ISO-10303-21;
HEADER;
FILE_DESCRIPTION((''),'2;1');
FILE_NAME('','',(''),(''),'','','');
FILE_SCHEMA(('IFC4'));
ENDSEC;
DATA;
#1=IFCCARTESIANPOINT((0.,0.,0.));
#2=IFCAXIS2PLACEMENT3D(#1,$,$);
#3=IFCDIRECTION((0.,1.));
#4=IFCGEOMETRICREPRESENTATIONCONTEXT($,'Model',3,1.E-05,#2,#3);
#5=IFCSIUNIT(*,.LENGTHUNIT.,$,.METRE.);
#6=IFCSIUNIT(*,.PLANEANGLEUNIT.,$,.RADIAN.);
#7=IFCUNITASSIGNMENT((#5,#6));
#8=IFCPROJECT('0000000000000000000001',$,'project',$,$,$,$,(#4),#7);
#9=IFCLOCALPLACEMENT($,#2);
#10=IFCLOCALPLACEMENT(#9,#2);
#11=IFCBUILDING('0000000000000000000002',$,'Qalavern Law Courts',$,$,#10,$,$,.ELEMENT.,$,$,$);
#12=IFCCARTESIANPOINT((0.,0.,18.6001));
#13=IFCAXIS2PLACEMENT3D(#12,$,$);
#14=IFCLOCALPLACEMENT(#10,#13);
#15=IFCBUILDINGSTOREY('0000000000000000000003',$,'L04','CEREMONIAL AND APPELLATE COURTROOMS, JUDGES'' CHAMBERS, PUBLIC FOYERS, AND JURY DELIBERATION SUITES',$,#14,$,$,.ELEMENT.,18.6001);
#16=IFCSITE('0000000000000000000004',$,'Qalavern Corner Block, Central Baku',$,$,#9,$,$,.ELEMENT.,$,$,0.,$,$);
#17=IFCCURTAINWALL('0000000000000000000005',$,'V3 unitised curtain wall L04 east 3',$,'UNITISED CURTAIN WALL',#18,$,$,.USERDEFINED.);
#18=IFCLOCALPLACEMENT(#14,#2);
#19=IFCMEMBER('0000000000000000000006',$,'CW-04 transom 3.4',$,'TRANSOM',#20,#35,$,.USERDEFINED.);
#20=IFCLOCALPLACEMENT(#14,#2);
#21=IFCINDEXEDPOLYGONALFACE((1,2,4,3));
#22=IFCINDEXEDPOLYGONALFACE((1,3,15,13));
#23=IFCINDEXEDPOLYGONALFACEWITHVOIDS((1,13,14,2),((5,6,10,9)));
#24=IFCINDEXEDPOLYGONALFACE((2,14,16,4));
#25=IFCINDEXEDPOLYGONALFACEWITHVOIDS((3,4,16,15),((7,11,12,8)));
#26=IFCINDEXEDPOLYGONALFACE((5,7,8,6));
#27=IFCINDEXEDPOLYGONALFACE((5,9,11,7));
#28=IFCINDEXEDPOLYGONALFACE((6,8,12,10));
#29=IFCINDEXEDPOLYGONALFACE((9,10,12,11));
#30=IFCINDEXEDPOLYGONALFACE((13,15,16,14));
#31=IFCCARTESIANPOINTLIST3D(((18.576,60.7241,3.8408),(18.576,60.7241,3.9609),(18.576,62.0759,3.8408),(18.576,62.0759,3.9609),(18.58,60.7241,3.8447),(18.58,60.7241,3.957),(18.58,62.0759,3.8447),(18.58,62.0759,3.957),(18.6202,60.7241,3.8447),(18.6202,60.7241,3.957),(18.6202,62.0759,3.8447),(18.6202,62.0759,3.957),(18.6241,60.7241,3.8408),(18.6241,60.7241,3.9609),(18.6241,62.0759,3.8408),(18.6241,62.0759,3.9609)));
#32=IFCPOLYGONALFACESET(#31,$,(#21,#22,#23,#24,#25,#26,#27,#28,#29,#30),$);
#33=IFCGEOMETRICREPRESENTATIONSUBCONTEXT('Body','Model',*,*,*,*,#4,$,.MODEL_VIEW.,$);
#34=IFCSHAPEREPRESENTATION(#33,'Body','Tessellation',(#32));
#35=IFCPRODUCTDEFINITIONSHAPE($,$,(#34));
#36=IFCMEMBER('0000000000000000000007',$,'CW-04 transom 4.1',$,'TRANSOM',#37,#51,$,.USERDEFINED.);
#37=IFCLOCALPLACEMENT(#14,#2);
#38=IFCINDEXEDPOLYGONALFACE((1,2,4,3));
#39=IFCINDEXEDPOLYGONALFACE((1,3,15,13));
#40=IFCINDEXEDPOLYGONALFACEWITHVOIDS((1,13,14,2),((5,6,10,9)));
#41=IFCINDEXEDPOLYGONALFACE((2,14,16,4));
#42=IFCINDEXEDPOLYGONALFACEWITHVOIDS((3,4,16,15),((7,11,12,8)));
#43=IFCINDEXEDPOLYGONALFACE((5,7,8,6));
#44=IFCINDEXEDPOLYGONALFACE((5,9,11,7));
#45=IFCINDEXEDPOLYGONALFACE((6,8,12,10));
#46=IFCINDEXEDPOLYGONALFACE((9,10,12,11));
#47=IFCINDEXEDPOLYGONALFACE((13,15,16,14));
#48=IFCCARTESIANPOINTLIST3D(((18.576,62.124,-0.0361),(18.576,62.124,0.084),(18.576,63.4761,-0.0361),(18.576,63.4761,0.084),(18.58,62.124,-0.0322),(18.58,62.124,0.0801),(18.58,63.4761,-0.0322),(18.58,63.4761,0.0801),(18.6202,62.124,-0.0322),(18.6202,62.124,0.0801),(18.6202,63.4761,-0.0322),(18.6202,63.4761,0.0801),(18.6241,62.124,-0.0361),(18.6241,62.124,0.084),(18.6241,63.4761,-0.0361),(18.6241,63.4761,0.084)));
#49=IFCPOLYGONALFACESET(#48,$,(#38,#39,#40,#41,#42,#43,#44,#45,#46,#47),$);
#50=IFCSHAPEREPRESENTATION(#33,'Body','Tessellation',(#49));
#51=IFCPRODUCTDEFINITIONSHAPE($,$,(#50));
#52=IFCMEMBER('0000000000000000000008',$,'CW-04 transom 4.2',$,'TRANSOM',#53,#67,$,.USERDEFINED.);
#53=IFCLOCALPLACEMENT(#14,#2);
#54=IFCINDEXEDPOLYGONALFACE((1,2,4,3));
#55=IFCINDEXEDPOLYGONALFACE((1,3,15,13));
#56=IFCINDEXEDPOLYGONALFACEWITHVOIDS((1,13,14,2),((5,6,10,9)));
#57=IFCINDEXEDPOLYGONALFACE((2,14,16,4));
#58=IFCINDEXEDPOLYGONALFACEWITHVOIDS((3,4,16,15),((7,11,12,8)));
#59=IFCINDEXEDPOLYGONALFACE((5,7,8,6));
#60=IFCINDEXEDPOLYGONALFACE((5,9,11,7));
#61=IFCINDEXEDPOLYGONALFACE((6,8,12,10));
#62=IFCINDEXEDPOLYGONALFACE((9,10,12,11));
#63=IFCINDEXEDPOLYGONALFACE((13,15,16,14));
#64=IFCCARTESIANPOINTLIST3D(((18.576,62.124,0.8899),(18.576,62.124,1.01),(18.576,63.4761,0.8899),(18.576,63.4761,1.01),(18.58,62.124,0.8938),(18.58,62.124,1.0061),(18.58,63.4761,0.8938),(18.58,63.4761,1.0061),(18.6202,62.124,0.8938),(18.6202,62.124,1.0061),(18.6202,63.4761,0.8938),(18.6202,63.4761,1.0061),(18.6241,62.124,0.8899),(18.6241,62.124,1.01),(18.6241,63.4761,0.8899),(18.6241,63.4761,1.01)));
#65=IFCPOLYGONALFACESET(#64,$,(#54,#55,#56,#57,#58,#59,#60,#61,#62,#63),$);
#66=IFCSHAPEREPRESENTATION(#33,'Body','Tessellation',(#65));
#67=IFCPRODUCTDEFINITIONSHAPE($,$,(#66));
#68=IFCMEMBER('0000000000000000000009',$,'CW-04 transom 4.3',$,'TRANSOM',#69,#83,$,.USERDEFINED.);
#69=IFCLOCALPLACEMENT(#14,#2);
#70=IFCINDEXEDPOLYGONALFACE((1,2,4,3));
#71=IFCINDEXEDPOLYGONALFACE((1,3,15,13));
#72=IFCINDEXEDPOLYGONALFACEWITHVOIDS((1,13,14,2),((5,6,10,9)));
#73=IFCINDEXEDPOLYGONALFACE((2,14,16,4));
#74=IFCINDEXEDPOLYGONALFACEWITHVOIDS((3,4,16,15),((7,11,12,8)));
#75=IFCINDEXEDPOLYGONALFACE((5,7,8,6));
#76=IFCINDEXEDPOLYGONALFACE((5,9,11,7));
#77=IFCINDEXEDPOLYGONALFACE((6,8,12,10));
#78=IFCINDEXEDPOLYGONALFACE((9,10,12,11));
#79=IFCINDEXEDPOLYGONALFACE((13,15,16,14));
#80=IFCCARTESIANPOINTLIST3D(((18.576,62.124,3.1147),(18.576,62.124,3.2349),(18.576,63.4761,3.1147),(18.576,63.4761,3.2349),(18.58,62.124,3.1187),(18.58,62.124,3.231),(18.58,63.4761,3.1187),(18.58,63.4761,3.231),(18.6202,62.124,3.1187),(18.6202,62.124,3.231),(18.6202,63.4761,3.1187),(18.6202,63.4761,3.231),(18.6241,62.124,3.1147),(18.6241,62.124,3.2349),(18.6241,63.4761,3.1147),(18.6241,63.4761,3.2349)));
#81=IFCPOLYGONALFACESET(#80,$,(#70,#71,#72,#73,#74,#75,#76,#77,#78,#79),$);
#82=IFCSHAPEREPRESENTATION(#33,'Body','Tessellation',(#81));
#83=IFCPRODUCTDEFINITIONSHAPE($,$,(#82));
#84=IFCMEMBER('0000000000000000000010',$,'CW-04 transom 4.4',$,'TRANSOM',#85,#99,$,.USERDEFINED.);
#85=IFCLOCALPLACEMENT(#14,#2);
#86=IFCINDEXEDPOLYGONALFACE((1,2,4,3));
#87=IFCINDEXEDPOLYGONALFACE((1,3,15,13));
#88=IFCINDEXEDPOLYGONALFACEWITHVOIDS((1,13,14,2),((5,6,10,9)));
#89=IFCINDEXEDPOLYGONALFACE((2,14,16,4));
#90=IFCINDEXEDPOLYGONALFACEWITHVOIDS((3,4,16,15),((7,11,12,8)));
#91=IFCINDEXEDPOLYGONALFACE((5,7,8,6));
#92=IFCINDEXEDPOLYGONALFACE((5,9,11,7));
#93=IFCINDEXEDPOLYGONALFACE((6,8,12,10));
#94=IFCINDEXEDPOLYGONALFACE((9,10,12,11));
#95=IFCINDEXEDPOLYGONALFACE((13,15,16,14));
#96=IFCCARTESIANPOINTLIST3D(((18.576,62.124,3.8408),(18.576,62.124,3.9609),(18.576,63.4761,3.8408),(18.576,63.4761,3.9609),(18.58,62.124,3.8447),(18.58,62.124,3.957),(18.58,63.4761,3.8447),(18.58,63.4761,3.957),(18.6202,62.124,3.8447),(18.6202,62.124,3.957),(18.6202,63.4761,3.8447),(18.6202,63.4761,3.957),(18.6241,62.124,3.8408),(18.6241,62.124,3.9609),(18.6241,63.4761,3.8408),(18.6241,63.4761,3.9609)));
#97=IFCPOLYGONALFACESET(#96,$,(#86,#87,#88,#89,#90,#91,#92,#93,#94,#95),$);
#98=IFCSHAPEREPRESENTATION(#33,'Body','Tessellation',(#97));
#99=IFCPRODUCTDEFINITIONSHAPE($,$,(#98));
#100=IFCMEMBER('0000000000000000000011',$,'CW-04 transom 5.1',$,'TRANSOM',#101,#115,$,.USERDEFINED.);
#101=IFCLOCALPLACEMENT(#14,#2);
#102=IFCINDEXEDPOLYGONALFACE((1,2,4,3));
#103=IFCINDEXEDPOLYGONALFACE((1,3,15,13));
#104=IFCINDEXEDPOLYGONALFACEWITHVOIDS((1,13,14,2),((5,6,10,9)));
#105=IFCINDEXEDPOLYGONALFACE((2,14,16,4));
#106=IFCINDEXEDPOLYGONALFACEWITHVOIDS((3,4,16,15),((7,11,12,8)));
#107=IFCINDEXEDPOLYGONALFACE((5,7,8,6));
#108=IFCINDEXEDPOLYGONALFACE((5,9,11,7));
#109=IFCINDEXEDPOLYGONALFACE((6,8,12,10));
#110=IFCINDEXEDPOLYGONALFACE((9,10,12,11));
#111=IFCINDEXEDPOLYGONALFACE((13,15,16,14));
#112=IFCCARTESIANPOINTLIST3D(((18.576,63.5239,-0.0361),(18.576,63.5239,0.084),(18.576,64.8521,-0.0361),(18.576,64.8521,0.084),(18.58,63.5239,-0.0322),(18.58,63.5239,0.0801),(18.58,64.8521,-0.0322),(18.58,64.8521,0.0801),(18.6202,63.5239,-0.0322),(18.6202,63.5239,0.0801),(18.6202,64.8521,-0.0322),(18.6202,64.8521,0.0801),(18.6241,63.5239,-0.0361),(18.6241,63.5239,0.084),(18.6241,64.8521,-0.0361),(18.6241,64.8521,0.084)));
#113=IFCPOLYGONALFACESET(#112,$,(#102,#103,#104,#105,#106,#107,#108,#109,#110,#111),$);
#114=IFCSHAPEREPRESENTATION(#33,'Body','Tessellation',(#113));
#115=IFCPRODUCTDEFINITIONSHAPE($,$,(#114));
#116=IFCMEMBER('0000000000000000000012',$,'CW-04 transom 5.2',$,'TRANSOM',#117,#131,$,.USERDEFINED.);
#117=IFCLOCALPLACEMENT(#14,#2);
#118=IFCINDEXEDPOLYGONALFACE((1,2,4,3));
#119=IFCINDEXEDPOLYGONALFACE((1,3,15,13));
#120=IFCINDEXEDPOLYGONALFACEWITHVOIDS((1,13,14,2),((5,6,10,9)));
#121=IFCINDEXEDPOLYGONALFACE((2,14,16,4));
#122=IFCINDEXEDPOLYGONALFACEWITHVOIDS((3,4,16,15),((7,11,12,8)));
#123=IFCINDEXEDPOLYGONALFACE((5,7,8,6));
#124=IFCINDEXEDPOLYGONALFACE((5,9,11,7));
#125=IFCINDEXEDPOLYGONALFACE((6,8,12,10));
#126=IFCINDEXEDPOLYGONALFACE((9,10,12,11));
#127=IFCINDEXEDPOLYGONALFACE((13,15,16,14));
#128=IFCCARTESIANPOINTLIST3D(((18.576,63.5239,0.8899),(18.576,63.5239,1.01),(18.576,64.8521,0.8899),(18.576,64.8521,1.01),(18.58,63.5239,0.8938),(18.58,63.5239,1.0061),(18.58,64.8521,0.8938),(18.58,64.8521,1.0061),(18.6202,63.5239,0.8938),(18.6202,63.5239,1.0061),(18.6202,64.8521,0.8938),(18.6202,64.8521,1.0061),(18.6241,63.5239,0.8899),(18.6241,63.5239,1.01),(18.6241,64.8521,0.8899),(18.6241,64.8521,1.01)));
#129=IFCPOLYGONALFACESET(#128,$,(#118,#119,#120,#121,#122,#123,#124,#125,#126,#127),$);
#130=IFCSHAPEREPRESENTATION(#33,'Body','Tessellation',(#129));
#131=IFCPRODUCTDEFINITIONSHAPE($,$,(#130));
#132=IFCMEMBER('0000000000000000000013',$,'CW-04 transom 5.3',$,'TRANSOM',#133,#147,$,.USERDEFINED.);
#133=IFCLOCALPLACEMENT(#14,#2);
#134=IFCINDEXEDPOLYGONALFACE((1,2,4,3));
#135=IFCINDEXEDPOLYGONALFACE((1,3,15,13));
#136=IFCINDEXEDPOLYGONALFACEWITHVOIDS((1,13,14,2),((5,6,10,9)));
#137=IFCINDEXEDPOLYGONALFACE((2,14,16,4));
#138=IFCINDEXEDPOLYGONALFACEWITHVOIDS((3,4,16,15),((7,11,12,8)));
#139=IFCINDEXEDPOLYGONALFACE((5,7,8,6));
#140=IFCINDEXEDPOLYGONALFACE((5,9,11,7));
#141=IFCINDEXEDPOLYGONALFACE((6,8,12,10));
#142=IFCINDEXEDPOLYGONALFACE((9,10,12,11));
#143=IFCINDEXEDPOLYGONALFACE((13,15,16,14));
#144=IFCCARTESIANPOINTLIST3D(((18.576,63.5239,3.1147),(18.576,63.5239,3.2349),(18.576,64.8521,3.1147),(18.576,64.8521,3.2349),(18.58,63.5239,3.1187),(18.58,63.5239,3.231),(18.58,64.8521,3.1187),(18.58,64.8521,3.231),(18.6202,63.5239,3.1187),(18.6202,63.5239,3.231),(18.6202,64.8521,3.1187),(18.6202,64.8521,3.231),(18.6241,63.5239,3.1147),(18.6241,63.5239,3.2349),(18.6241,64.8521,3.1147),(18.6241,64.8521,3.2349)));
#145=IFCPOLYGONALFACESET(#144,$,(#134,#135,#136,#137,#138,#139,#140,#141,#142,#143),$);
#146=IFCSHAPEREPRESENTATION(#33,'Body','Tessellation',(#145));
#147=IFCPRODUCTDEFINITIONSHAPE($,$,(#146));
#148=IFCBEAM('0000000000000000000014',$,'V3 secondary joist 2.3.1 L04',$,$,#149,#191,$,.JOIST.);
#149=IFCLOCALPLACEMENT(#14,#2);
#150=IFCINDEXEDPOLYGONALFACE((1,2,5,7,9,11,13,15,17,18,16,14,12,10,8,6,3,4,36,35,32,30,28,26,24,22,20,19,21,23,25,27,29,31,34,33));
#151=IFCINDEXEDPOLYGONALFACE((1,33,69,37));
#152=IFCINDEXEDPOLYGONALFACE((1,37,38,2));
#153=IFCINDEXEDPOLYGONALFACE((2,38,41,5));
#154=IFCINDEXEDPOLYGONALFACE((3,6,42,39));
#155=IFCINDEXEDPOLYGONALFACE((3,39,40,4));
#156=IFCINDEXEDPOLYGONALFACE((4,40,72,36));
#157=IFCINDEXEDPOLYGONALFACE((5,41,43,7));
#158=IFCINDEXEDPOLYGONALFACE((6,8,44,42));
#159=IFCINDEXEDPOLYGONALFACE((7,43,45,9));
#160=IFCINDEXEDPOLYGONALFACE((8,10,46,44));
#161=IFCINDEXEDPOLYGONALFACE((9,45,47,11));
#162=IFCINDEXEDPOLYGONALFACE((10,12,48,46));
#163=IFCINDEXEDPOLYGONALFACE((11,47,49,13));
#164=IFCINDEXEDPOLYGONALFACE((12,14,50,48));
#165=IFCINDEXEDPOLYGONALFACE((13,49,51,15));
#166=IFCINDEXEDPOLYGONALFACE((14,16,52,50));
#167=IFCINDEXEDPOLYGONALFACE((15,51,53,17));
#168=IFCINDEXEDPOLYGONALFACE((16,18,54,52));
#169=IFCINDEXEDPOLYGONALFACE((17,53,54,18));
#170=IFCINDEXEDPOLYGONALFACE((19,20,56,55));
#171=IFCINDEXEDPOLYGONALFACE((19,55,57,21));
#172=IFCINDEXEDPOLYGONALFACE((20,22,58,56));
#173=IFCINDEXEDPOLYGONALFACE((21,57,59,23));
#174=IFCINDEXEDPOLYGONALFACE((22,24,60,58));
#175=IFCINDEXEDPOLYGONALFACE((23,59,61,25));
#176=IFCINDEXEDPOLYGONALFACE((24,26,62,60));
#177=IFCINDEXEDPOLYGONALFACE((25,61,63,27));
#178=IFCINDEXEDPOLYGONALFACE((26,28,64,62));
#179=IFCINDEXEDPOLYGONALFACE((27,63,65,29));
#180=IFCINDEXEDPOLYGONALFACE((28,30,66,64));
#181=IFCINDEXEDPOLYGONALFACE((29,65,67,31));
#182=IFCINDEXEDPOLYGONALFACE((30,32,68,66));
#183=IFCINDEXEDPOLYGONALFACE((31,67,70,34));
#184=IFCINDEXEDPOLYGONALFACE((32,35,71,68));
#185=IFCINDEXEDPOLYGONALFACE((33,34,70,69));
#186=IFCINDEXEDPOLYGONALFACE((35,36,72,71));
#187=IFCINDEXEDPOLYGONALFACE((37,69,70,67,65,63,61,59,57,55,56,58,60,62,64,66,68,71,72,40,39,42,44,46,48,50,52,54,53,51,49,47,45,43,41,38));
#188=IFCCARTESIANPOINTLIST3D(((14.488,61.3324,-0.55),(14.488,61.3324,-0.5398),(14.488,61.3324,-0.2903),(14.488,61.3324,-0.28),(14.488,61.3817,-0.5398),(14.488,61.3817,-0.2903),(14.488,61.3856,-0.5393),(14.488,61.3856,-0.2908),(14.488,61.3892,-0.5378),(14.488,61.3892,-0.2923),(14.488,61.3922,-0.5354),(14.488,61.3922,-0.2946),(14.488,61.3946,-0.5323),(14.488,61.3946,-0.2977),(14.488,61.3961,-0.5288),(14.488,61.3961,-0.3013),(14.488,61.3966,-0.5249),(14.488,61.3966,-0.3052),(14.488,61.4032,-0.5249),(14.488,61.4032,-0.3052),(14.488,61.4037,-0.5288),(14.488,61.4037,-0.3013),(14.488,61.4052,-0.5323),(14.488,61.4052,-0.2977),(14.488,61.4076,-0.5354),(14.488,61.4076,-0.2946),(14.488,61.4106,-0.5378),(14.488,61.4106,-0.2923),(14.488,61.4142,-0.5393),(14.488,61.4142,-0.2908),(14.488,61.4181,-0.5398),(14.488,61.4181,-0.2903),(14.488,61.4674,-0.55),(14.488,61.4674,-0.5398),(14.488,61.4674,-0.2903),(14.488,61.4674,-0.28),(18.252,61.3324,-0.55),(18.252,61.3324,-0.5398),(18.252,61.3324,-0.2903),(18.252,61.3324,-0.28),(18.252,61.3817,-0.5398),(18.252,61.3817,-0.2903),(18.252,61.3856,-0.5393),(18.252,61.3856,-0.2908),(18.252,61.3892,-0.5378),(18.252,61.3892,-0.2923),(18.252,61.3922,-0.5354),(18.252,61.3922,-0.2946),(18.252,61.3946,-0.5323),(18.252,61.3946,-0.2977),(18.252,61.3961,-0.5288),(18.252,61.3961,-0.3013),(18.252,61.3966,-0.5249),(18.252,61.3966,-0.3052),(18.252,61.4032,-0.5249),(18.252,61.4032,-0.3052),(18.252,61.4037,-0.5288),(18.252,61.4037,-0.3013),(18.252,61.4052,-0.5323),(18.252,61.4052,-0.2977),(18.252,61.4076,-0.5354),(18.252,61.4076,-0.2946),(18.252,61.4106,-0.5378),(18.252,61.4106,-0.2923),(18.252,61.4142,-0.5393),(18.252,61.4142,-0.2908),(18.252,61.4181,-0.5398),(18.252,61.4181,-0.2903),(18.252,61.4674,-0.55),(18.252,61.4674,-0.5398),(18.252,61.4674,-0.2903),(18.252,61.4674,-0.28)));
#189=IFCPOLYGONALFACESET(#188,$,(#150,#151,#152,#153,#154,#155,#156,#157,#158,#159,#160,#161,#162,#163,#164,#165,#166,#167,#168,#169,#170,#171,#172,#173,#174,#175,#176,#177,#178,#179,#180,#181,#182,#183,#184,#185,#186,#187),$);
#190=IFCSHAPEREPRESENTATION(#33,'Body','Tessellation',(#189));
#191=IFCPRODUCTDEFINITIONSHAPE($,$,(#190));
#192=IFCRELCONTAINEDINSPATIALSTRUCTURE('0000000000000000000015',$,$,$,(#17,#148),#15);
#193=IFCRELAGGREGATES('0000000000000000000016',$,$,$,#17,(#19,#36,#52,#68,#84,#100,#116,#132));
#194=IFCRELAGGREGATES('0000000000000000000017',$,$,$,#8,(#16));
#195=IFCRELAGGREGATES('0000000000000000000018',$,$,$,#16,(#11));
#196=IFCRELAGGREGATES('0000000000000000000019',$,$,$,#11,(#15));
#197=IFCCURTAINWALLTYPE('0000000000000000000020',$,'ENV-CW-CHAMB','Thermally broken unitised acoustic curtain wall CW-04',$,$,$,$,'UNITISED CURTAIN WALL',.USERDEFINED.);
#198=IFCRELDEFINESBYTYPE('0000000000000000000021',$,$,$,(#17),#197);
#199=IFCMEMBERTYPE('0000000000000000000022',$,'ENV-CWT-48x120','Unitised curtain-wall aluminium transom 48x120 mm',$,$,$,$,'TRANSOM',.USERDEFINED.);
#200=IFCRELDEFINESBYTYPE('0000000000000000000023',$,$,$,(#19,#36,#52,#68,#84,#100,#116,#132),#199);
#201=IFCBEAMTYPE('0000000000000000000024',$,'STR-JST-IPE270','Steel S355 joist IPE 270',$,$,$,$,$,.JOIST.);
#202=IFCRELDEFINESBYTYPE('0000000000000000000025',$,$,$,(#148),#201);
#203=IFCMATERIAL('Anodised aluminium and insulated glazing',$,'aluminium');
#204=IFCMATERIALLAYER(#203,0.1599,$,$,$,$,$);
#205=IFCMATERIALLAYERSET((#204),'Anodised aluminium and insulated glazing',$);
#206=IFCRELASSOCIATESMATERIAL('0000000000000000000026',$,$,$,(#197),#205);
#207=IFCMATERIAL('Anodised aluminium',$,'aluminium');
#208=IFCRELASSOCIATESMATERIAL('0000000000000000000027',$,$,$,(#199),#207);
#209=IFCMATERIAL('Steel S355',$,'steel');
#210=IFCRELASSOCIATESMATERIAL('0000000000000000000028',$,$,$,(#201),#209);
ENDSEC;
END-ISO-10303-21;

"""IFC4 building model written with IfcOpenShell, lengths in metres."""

from ifc_helpers import new_model, si_unit, direction, frame, origin, origin_2d, place, context, subcontext, project, spatial, hollow_rectangle, i_section, extrude, material, layer, layer_set, material_profile, profile_set, type_object, element, aggregate, save


model = new_model("IFC4")

# Units and contexts
model_context = context("Model", 3, precision=1e-05, world=origin(), true_north=direction((0.0, 1.0)))
body_context = subcontext(model_context, "Body", "Model", "MODEL_VIEW")
ifc_project = project(units=[si_unit("LENGTHUNIT", "METRE"), si_unit("PLANEANGLEUNIT", "RADIAN")], contexts=[model_context])

# Site, building, storey
site_placement = place(None, origin())
site = spatial("IfcSite", under=ifc_project, at=site_placement, Name="Qalavern Corner Block, Central Baku", CompositionType="ELEMENT", RefElevation=0.0)
building_placement = place(site_placement, origin())
building = spatial("IfcBuilding", under=site, at=building_placement, Name="Qalavern Law Courts", CompositionType="ELEMENT")
storey_placement = place(building_placement, frame((0.0, 0.0, 18.6001)))
storey = spatial("IfcBuildingStorey", under=building, at=storey_placement, Name="L04", Description="CEREMONIAL AND APPELLATE COURTROOMS, JUDGES' CHAMBERS, PUBLIC FOYERS, AND JURY DELIBERATION SUITES", CompositionType="ELEMENT", Elevation=18.6001)

# Curtain wall, members
ifc_material_1 = material(Name="Anodised aluminium and insulated glazing", Category="aluminium")
ifc_layer_1 = layer(ifc_material_1, 0.1599)
ifc_layer_set_1 = layer_set([ifc_layer_1], Name="Anodised aluminium and insulated glazing")
curtain_wall_type = type_object("IfcCurtainWallType", Name="ENV-CW-CHAMB", Description="Thermally broken unitised acoustic curtain wall CW-04", ElementType="UNITISED CURTAIN WALL", PredefinedType="USERDEFINED", material=ifc_layer_set_1)
curtain_wall_placement = place(storey_placement, origin())
curtain_wall = element("IfcCurtainWall", 1, at=curtain_wall_placement, inside=storey, type_object=curtain_wall_type, Name="V3 unitised curtain wall L04 east 3", ObjectType="UNITISED CURTAIN WALL", PredefinedType="USERDEFINED")
ifc_material_2 = material(Name="Anodised aluminium", Category="aluminium")
ifc_material_profile_1 = material_profile(ifc_material_2, hollow_rectangle(XDim=0.0481, YDim=0.1201, WallThickness=0.0039, at=origin_2d()), Name="ALU TRANSOM 48x120")
ifc_profile_set_1 = profile_set([ifc_material_profile_1], Name="Anodised aluminium")
member_type_1 = type_object("IfcMemberType", Name="ENV-CWT-48x120", Description="Unitised curtain-wall aluminium transom 48x120 mm", ElementType="TRANSOM", PredefinedType="USERDEFINED", material=ifc_profile_set_1)
member_1_placement = place(storey_placement, frame((18.6001, 60.7241, 3.9009), z_axis=(0.0, 1.0, 0.0), x_axis=(-1.0, 0.0, 0.0)))
member_1 = element("IfcMember", 2, at=member_1_placement, type_object=member_type_1, Name="CW-04 transom 3.4", ObjectType="TRANSOM", PredefinedType="USERDEFINED", context=body_context, shape_type="SweptSolid", body=[
    extrude(hollow_rectangle(XDim=0.0481, YDim=0.1201, WallThickness=0.0039, at=origin_2d()), origin(), (0.0, 0.0, 1.0), 1.3518),
])
member_2_placement = place(storey_placement, frame((18.6001, 62.124, 0.0239), z_axis=(0.0, 1.0, 0.0), x_axis=(-1.0, 0.0, 0.0)))
member_2 = element("IfcMember", 3, at=member_2_placement, type_object=member_type_1, Name="CW-04 transom 4.1", ObjectType="TRANSOM", PredefinedType="USERDEFINED", context=body_context, shape_type="SweptSolid", body=[
    extrude(hollow_rectangle(XDim=0.0481, YDim=0.1201, WallThickness=0.0039, at=origin_2d()), origin(), (0.0, 0.0, 1.0), 1.3521),
])
member_3_placement = place(storey_placement, frame((18.6001, 62.124, 0.95), z_axis=(0.0, 1.0, 0.0), x_axis=(-1.0, 0.0, 0.0)))
member_3 = element("IfcMember", 4, at=member_3_placement, type_object=member_type_1, Name="CW-04 transom 4.2", ObjectType="TRANSOM", PredefinedType="USERDEFINED", context=body_context, shape_type="SweptSolid", body=[
    extrude(hollow_rectangle(XDim=0.0481, YDim=0.1201, WallThickness=0.0039, at=origin_2d()), origin(), (0.0, 0.0, 1.0), 1.3521),
])
member_4_placement = place(storey_placement, frame((18.6001, 62.124, 3.1748), z_axis=(0.0, 1.0, 0.0), x_axis=(-1.0, 0.0, 0.0)))
member_4 = element("IfcMember", 5, at=member_4_placement, type_object=member_type_1, Name="CW-04 transom 4.3", ObjectType="TRANSOM", PredefinedType="USERDEFINED", context=body_context, shape_type="SweptSolid", body=[
    extrude(hollow_rectangle(XDim=0.0481, YDim=0.1201, WallThickness=0.0039, at=origin_2d()), origin(), (0.0, 0.0, 1.0), 1.3521),
])
member_5_placement = place(storey_placement, frame((18.6001, 62.124, 3.9009), z_axis=(0.0, 1.0, 0.0), x_axis=(-1.0, 0.0, 0.0)))
member_5 = element("IfcMember", 6, at=member_5_placement, type_object=member_type_1, Name="CW-04 transom 4.4", ObjectType="TRANSOM", PredefinedType="USERDEFINED", context=body_context, shape_type="SweptSolid", body=[
    extrude(hollow_rectangle(XDim=0.0481, YDim=0.1201, WallThickness=0.0039, at=origin_2d()), origin(), (0.0, 0.0, 1.0), 1.3521),
])
member_6_placement = place(storey_placement, frame((18.6001, 63.5239, 0.0239), z_axis=(0.0, 1.0, 0.0), x_axis=(-1.0, 0.0, 0.0)))
member_6 = element("IfcMember", 7, at=member_6_placement, type_object=member_type_1, Name="CW-04 transom 5.1", ObjectType="TRANSOM", PredefinedType="USERDEFINED", context=body_context, shape_type="SweptSolid", body=[
    extrude(hollow_rectangle(XDim=0.0481, YDim=0.1201, WallThickness=0.0039, at=origin_2d()), origin(), (0.0, 0.0, 1.0), 1.3281),
])
member_7_placement = place(storey_placement, frame((18.6001, 63.5239, 0.95), z_axis=(0.0, 1.0, 0.0), x_axis=(-1.0, 0.0, 0.0)))
member_7 = element("IfcMember", 8, at=member_7_placement, type_object=member_type_1, Name="CW-04 transom 5.2", ObjectType="TRANSOM", PredefinedType="USERDEFINED", context=body_context, shape_type="SweptSolid", body=[
    extrude(hollow_rectangle(XDim=0.0481, YDim=0.1201, WallThickness=0.0039, at=origin_2d()), origin(), (0.0, 0.0, 1.0), 1.3281),
])
member_8_placement = place(storey_placement, frame((18.6001, 63.5239, 3.1748), z_axis=(0.0, 1.0, 0.0), x_axis=(-1.0, 0.0, 0.0)))
member_8 = element("IfcMember", 9, at=member_8_placement, type_object=member_type_1, Name="CW-04 transom 5.3", ObjectType="TRANSOM", PredefinedType="USERDEFINED", context=body_context, shape_type="SweptSolid", body=[
    extrude(hollow_rectangle(XDim=0.0481, YDim=0.1201, WallThickness=0.0039, at=origin_2d()), origin(), (0.0, 0.0, 1.0), 1.3281),
])

# Beam
ifc_material_3 = material(Name="Steel S355", Category="steel")
ifc_material_profile_2 = material_profile(ifc_material_3, i_section(OverallWidth=0.135, OverallDepth=0.27, WebThickness=0.0066, FlangeThickness=0.0103, FilletRadius=0.0149, at=origin_2d()), Name="IPE 270")
ifc_profile_set_2 = profile_set([ifc_material_profile_2], Name="Steel S355")
beam_type = type_object("IfcBeamType", Name="STR-JST-IPE270", Description="Steel S355 joist IPE 270", PredefinedType="JOIST", material=ifc_profile_set_2)
beam_placement = place(storey_placement, frame((14.488, 61.3999, -0.415), z_axis=(1.0, 0.0, 0.0), x_axis=(0.0, 1.0, 0.0)))
element("IfcBeam", 10, at=beam_placement, inside=storey, type_object=beam_type, Name="V3 secondary joist 2.3.1 L04", PredefinedType="JOIST", context=body_context, shape_type="SweptSolid", body=[
    extrude(i_section(OverallWidth=0.135, OverallDepth=0.27, WebThickness=0.0066, FlangeThickness=0.0103, FilletRadius=0.0149, at=origin_2d()), origin(), (0.0, 0.0, 1.0), 3.7639),
])

aggregate(curtain_wall, [member_1, member_2, member_3, member_4, member_5, member_6, member_7, member_8])

save(model, "model.ifc")
